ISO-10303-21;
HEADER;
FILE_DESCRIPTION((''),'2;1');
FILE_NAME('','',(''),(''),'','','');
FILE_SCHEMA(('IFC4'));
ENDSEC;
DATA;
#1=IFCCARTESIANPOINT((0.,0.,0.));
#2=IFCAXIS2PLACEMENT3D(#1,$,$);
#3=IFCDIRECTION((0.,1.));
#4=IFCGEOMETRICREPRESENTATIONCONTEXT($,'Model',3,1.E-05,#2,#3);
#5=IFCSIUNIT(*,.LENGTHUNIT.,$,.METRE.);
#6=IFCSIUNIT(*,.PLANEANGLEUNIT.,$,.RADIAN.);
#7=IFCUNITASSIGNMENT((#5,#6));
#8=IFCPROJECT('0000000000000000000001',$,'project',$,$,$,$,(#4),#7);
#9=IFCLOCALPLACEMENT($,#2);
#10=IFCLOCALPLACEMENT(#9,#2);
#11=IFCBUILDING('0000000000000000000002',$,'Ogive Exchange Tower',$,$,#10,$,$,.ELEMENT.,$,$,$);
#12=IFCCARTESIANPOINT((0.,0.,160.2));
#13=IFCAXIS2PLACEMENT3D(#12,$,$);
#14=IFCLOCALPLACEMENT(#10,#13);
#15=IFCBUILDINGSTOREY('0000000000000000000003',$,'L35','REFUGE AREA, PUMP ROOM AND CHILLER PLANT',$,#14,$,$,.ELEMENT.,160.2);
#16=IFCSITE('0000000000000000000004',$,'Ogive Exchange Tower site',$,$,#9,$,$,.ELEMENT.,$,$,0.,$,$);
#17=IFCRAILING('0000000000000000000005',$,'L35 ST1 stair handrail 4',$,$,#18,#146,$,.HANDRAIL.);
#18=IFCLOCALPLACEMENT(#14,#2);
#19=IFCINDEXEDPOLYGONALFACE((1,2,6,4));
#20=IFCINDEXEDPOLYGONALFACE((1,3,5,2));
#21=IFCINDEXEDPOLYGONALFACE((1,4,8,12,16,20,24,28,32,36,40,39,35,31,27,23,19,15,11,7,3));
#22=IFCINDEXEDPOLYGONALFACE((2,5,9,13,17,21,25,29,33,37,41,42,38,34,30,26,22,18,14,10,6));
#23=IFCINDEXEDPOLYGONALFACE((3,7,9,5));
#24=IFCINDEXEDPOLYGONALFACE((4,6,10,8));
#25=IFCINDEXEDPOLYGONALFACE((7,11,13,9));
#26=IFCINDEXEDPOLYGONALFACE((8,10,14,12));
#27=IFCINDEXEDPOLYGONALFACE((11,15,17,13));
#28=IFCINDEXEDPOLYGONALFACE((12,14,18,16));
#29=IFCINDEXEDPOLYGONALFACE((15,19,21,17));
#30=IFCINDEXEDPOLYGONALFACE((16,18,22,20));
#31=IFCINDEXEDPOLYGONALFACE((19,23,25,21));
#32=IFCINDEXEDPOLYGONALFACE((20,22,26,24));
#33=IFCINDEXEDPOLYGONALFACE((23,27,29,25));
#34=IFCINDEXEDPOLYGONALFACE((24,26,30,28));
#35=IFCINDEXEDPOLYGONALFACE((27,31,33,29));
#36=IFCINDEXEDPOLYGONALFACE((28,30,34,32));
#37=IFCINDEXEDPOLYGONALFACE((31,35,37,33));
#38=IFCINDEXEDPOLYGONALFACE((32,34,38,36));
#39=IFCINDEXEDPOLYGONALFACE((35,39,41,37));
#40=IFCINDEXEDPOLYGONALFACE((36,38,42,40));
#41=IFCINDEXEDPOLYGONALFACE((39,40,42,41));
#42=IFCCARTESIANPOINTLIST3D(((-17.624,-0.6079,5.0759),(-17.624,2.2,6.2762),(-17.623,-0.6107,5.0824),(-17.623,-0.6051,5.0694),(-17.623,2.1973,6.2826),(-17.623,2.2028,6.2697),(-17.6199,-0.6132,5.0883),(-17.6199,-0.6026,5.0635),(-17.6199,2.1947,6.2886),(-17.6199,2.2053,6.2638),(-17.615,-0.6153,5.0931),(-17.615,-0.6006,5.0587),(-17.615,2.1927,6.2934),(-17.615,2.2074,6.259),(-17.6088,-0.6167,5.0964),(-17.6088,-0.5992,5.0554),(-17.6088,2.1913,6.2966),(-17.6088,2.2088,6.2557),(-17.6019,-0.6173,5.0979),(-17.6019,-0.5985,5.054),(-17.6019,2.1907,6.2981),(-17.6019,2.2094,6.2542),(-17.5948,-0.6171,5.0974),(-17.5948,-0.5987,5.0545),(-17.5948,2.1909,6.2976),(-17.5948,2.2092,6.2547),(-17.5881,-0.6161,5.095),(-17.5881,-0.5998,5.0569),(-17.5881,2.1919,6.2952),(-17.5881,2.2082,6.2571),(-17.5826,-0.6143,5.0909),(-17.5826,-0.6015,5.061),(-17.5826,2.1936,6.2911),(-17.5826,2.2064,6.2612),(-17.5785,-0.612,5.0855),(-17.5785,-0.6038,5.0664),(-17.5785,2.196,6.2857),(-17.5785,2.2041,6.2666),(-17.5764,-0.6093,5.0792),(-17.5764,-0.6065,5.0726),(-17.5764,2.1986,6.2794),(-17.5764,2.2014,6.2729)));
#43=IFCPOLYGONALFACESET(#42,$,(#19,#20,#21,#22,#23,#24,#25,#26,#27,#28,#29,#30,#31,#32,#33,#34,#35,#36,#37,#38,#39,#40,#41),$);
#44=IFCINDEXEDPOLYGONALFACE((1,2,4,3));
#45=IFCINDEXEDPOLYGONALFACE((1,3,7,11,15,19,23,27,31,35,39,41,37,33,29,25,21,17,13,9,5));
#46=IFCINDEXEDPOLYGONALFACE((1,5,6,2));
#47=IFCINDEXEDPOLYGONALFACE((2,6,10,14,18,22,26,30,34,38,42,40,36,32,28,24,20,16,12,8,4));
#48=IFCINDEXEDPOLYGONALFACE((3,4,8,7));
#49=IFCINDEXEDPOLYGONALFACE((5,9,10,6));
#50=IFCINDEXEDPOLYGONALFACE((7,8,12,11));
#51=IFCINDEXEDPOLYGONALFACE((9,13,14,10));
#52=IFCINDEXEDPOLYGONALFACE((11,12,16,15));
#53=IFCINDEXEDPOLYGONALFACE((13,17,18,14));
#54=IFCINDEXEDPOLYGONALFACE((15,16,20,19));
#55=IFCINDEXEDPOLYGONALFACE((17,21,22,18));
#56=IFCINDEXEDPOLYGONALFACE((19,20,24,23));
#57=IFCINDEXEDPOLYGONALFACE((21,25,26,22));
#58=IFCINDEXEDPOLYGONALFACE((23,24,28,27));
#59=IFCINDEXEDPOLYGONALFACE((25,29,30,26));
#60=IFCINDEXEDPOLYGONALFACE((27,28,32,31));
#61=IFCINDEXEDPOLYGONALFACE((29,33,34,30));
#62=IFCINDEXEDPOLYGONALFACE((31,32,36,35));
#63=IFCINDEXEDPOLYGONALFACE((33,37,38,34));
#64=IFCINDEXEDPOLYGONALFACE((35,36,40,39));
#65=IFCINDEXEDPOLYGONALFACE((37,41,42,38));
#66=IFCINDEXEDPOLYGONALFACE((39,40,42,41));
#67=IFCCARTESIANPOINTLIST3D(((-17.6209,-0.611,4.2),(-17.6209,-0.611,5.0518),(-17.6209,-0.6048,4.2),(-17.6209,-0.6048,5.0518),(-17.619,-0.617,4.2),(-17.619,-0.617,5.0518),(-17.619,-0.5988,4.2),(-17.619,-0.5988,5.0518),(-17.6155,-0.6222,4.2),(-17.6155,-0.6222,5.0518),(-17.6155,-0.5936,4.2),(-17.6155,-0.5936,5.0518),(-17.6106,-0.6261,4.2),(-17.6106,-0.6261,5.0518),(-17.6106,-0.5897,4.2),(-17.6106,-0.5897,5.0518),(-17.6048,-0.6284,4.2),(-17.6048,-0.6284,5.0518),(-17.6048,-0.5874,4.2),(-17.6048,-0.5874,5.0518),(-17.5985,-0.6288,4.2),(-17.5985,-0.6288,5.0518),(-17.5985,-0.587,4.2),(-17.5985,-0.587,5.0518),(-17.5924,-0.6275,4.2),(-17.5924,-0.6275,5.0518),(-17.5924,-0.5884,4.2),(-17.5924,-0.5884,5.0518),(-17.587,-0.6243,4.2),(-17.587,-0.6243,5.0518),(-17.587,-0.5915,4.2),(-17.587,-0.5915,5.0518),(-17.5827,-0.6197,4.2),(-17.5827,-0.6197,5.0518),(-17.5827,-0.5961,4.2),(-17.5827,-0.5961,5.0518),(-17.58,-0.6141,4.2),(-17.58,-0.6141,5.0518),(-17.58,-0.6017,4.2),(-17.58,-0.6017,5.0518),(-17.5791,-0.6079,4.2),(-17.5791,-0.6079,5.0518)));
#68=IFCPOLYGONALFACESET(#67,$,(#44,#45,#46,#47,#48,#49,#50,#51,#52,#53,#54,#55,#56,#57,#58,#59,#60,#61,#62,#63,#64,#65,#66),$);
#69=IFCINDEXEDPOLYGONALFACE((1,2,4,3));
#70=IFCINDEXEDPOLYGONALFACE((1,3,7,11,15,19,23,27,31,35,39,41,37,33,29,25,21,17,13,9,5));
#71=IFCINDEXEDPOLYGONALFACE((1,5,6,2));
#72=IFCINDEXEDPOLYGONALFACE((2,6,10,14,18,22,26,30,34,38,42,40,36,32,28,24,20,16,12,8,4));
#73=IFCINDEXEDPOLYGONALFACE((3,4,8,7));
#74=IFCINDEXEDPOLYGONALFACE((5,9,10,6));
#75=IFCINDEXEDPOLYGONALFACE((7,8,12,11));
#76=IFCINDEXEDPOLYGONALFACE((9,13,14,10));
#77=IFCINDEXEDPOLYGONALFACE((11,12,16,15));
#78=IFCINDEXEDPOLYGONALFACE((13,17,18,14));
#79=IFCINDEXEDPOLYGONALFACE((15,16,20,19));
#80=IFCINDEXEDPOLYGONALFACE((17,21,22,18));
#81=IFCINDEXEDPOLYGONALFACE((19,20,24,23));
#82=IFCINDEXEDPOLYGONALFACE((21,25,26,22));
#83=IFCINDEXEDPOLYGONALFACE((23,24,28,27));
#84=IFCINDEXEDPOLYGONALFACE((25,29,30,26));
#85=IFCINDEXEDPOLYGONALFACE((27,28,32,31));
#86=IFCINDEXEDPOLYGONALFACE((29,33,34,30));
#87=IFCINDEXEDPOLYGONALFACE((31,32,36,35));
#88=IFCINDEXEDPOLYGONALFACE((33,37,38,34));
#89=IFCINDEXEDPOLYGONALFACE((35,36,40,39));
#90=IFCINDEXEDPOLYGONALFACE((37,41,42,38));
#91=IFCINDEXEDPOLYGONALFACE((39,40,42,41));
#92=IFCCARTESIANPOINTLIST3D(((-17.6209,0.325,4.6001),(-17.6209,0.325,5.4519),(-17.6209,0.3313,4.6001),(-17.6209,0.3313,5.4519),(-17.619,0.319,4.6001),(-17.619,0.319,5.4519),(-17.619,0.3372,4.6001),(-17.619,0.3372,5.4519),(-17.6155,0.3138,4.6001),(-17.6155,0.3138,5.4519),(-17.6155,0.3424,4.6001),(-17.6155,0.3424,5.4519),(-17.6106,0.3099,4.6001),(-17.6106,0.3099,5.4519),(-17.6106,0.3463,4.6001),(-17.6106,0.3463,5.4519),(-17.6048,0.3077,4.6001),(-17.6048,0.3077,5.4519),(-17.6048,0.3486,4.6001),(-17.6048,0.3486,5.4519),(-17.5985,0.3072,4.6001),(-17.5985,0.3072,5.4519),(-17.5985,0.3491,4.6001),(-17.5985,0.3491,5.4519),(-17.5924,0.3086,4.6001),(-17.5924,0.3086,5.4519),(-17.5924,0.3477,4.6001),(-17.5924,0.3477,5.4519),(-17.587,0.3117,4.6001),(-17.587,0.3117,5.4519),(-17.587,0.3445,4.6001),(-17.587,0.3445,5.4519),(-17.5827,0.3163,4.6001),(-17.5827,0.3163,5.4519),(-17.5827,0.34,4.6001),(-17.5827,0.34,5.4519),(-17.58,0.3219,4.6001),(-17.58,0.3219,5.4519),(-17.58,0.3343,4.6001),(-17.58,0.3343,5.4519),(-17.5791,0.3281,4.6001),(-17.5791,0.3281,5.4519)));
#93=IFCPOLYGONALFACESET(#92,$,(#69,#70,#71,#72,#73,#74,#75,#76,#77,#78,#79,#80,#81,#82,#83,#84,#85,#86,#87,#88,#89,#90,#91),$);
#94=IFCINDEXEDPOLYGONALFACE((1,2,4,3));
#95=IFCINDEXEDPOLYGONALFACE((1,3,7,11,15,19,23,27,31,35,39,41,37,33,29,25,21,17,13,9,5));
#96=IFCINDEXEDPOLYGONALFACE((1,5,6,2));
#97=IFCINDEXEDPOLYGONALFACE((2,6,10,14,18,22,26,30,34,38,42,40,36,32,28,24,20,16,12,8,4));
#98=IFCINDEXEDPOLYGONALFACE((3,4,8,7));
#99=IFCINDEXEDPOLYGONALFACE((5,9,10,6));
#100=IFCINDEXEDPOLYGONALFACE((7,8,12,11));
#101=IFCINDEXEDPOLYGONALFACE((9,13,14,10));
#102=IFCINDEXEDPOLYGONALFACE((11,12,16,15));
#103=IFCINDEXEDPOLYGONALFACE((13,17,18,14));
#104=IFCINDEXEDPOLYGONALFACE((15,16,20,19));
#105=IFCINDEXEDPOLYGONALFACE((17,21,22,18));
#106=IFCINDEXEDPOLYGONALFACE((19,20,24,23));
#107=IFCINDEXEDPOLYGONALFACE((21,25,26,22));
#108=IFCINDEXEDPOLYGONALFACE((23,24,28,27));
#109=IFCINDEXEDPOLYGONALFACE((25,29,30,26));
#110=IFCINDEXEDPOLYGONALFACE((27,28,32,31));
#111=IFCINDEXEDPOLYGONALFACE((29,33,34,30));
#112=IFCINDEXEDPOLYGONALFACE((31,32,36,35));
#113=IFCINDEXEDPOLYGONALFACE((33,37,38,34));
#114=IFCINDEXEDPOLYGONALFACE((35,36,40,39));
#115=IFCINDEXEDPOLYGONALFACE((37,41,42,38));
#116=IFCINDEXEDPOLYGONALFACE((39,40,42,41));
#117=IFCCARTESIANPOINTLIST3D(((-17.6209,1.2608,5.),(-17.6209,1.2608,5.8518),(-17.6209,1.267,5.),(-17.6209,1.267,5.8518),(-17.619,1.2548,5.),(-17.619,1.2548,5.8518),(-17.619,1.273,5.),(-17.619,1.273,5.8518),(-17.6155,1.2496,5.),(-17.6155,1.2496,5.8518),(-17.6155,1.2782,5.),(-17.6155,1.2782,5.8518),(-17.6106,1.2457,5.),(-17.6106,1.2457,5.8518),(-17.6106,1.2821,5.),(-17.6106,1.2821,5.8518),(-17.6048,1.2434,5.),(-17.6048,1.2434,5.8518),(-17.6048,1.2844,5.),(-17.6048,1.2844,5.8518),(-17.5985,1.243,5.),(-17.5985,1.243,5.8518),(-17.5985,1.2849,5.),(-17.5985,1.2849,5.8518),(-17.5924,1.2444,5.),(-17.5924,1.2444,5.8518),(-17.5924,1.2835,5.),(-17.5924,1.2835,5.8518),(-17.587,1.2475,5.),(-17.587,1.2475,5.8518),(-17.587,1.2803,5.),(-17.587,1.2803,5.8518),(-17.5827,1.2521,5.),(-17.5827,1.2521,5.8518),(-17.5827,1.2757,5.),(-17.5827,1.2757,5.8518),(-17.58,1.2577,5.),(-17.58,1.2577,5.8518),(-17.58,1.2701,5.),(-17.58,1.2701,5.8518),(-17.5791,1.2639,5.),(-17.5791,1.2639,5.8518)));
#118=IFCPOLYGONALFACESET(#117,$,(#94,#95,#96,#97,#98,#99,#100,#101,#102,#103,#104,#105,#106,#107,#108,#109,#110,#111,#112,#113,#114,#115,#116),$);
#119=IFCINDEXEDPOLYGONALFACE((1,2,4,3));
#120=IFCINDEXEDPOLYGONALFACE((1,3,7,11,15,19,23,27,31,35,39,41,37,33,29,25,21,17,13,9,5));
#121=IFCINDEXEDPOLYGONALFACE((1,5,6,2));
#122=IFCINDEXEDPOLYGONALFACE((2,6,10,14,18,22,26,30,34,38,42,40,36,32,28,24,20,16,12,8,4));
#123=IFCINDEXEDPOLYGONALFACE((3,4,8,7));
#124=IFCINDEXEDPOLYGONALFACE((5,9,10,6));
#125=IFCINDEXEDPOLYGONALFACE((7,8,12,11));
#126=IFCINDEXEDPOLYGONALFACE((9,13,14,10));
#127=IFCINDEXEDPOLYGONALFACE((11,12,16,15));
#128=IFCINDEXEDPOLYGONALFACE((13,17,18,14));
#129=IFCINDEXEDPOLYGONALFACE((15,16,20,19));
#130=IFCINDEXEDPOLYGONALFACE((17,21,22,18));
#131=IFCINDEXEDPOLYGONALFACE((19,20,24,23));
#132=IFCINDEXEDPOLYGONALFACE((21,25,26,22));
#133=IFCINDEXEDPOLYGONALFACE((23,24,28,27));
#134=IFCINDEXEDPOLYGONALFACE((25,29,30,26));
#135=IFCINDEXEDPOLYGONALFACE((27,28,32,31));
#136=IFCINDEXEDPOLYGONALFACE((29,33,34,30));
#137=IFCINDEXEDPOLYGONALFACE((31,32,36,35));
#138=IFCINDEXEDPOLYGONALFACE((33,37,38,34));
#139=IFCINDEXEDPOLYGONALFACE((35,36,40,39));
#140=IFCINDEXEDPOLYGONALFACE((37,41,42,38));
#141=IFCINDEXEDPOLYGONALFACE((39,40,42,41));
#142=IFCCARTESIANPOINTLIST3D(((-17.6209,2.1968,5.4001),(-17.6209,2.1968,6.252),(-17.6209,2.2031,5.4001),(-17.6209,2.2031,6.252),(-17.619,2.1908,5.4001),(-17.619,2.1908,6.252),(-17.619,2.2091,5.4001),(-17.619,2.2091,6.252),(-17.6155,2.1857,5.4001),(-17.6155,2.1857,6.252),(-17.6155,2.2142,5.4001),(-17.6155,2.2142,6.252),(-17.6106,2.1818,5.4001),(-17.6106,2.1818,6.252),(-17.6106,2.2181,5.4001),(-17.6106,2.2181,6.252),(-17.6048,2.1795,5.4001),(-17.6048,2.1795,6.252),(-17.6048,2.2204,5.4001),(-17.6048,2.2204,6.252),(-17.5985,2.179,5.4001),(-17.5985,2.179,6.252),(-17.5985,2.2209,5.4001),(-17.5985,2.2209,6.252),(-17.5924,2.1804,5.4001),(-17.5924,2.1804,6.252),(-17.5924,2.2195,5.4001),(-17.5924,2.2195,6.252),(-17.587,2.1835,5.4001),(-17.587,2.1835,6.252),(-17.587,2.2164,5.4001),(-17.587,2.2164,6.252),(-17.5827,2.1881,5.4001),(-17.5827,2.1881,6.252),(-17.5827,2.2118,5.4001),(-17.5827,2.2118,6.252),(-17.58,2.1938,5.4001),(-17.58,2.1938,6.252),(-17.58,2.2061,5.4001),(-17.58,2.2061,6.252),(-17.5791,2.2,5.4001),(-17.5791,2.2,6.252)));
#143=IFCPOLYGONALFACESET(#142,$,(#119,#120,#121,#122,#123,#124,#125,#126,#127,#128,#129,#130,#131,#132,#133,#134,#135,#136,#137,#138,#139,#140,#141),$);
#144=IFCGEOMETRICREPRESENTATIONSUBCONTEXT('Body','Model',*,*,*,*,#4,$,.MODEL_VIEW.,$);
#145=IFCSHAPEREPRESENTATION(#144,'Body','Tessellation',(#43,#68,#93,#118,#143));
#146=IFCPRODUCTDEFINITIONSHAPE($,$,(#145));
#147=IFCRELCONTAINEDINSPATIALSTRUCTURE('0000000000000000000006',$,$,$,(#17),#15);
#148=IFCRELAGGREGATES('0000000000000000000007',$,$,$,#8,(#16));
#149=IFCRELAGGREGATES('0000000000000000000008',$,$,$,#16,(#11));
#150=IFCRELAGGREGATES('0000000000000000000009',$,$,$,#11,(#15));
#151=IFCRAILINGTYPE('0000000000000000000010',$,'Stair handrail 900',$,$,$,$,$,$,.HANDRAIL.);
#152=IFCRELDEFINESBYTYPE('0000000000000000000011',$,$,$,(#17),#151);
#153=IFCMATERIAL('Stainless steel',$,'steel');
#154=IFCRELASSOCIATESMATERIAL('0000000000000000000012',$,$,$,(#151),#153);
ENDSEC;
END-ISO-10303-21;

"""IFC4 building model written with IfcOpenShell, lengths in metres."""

from ifc_helpers import new_model, si_unit, direction, frame, origin, origin_2d, place, context, subcontext, project, spatial, circle, extrude, material, type_object, element, save


model = new_model("IFC4")

# Units and contexts
model_context = context("Model", 3, precision=1e-05, world=origin(), true_north=direction((0.0, 1.0)))
body_context = subcontext(model_context, "Body", "Model", "MODEL_VIEW")
ifc_project = project(units=[si_unit("LENGTHUNIT", "METRE"), si_unit("PLANEANGLEUNIT", "RADIAN")], contexts=[model_context])

# Site, building, storey
site_placement = place(None, origin())
site = spatial("IfcSite", under=ifc_project, at=site_placement, Name="Ogive Exchange Tower site", CompositionType="ELEMENT", RefElevation=0.0)
building_placement = place(site_placement, origin())
building = spatial("IfcBuilding", under=site, at=building_placement, Name="Ogive Exchange Tower", CompositionType="ELEMENT")
storey_placement = place(building_placement, frame((0.0, 0.0, 160.2)))
storey = spatial("IfcBuildingStorey", under=building, at=storey_placement, Name="L35", Description="REFUGE AREA, PUMP ROOM AND CHILLER PLANT", CompositionType="ELEMENT", Elevation=160.2)

# Shared definitions
ifc_material_1 = material(Name="Stainless steel", Category="steel")

# Railing
railing_type = type_object("IfcRailingType", Name="Stair handrail 900", PredefinedType="HANDRAIL", material=ifc_material_1)
railing_placement = place(storey_placement, frame((-17.6001, -0.6079, 4.2)))
element("IfcRailing", 1, at=railing_placement, inside=storey, type_object=railing_type, Name="L35 ST1 stair handrail 4", PredefinedType="HANDRAIL", context=body_context, shape_type="SweptSolid", body=[
    extrude(circle(Radius=0.0239, at=origin_2d()), frame((0.0, 0.0, 0.876), z_axis=(0.0, 0.919521, 0.393041), x_axis=(-1.0, 0.0, 0.0)), (0.0, 0.0, 1.0), 3.0537),
    extrude(circle(Radius=0.021, at=origin_2d()), origin(), (0.0, 0.0, 1.0), 0.8518),
    extrude(circle(Radius=0.021, at=origin_2d()), frame((0.0, 0.936, 0.4001)), (0.0, 0.0, 1.0), 0.8518),
    extrude(circle(Radius=0.021, at=origin_2d()), frame((0.0, 1.8718, 0.8)), (0.0, 0.0, 1.0), 0.8518),
    extrude(circle(Radius=0.021, at=origin_2d()), frame((0.0, 2.8079, 1.2002)), (0.0, 0.0, 1.0), 0.8518),
])

save(model, "model.ifc")
